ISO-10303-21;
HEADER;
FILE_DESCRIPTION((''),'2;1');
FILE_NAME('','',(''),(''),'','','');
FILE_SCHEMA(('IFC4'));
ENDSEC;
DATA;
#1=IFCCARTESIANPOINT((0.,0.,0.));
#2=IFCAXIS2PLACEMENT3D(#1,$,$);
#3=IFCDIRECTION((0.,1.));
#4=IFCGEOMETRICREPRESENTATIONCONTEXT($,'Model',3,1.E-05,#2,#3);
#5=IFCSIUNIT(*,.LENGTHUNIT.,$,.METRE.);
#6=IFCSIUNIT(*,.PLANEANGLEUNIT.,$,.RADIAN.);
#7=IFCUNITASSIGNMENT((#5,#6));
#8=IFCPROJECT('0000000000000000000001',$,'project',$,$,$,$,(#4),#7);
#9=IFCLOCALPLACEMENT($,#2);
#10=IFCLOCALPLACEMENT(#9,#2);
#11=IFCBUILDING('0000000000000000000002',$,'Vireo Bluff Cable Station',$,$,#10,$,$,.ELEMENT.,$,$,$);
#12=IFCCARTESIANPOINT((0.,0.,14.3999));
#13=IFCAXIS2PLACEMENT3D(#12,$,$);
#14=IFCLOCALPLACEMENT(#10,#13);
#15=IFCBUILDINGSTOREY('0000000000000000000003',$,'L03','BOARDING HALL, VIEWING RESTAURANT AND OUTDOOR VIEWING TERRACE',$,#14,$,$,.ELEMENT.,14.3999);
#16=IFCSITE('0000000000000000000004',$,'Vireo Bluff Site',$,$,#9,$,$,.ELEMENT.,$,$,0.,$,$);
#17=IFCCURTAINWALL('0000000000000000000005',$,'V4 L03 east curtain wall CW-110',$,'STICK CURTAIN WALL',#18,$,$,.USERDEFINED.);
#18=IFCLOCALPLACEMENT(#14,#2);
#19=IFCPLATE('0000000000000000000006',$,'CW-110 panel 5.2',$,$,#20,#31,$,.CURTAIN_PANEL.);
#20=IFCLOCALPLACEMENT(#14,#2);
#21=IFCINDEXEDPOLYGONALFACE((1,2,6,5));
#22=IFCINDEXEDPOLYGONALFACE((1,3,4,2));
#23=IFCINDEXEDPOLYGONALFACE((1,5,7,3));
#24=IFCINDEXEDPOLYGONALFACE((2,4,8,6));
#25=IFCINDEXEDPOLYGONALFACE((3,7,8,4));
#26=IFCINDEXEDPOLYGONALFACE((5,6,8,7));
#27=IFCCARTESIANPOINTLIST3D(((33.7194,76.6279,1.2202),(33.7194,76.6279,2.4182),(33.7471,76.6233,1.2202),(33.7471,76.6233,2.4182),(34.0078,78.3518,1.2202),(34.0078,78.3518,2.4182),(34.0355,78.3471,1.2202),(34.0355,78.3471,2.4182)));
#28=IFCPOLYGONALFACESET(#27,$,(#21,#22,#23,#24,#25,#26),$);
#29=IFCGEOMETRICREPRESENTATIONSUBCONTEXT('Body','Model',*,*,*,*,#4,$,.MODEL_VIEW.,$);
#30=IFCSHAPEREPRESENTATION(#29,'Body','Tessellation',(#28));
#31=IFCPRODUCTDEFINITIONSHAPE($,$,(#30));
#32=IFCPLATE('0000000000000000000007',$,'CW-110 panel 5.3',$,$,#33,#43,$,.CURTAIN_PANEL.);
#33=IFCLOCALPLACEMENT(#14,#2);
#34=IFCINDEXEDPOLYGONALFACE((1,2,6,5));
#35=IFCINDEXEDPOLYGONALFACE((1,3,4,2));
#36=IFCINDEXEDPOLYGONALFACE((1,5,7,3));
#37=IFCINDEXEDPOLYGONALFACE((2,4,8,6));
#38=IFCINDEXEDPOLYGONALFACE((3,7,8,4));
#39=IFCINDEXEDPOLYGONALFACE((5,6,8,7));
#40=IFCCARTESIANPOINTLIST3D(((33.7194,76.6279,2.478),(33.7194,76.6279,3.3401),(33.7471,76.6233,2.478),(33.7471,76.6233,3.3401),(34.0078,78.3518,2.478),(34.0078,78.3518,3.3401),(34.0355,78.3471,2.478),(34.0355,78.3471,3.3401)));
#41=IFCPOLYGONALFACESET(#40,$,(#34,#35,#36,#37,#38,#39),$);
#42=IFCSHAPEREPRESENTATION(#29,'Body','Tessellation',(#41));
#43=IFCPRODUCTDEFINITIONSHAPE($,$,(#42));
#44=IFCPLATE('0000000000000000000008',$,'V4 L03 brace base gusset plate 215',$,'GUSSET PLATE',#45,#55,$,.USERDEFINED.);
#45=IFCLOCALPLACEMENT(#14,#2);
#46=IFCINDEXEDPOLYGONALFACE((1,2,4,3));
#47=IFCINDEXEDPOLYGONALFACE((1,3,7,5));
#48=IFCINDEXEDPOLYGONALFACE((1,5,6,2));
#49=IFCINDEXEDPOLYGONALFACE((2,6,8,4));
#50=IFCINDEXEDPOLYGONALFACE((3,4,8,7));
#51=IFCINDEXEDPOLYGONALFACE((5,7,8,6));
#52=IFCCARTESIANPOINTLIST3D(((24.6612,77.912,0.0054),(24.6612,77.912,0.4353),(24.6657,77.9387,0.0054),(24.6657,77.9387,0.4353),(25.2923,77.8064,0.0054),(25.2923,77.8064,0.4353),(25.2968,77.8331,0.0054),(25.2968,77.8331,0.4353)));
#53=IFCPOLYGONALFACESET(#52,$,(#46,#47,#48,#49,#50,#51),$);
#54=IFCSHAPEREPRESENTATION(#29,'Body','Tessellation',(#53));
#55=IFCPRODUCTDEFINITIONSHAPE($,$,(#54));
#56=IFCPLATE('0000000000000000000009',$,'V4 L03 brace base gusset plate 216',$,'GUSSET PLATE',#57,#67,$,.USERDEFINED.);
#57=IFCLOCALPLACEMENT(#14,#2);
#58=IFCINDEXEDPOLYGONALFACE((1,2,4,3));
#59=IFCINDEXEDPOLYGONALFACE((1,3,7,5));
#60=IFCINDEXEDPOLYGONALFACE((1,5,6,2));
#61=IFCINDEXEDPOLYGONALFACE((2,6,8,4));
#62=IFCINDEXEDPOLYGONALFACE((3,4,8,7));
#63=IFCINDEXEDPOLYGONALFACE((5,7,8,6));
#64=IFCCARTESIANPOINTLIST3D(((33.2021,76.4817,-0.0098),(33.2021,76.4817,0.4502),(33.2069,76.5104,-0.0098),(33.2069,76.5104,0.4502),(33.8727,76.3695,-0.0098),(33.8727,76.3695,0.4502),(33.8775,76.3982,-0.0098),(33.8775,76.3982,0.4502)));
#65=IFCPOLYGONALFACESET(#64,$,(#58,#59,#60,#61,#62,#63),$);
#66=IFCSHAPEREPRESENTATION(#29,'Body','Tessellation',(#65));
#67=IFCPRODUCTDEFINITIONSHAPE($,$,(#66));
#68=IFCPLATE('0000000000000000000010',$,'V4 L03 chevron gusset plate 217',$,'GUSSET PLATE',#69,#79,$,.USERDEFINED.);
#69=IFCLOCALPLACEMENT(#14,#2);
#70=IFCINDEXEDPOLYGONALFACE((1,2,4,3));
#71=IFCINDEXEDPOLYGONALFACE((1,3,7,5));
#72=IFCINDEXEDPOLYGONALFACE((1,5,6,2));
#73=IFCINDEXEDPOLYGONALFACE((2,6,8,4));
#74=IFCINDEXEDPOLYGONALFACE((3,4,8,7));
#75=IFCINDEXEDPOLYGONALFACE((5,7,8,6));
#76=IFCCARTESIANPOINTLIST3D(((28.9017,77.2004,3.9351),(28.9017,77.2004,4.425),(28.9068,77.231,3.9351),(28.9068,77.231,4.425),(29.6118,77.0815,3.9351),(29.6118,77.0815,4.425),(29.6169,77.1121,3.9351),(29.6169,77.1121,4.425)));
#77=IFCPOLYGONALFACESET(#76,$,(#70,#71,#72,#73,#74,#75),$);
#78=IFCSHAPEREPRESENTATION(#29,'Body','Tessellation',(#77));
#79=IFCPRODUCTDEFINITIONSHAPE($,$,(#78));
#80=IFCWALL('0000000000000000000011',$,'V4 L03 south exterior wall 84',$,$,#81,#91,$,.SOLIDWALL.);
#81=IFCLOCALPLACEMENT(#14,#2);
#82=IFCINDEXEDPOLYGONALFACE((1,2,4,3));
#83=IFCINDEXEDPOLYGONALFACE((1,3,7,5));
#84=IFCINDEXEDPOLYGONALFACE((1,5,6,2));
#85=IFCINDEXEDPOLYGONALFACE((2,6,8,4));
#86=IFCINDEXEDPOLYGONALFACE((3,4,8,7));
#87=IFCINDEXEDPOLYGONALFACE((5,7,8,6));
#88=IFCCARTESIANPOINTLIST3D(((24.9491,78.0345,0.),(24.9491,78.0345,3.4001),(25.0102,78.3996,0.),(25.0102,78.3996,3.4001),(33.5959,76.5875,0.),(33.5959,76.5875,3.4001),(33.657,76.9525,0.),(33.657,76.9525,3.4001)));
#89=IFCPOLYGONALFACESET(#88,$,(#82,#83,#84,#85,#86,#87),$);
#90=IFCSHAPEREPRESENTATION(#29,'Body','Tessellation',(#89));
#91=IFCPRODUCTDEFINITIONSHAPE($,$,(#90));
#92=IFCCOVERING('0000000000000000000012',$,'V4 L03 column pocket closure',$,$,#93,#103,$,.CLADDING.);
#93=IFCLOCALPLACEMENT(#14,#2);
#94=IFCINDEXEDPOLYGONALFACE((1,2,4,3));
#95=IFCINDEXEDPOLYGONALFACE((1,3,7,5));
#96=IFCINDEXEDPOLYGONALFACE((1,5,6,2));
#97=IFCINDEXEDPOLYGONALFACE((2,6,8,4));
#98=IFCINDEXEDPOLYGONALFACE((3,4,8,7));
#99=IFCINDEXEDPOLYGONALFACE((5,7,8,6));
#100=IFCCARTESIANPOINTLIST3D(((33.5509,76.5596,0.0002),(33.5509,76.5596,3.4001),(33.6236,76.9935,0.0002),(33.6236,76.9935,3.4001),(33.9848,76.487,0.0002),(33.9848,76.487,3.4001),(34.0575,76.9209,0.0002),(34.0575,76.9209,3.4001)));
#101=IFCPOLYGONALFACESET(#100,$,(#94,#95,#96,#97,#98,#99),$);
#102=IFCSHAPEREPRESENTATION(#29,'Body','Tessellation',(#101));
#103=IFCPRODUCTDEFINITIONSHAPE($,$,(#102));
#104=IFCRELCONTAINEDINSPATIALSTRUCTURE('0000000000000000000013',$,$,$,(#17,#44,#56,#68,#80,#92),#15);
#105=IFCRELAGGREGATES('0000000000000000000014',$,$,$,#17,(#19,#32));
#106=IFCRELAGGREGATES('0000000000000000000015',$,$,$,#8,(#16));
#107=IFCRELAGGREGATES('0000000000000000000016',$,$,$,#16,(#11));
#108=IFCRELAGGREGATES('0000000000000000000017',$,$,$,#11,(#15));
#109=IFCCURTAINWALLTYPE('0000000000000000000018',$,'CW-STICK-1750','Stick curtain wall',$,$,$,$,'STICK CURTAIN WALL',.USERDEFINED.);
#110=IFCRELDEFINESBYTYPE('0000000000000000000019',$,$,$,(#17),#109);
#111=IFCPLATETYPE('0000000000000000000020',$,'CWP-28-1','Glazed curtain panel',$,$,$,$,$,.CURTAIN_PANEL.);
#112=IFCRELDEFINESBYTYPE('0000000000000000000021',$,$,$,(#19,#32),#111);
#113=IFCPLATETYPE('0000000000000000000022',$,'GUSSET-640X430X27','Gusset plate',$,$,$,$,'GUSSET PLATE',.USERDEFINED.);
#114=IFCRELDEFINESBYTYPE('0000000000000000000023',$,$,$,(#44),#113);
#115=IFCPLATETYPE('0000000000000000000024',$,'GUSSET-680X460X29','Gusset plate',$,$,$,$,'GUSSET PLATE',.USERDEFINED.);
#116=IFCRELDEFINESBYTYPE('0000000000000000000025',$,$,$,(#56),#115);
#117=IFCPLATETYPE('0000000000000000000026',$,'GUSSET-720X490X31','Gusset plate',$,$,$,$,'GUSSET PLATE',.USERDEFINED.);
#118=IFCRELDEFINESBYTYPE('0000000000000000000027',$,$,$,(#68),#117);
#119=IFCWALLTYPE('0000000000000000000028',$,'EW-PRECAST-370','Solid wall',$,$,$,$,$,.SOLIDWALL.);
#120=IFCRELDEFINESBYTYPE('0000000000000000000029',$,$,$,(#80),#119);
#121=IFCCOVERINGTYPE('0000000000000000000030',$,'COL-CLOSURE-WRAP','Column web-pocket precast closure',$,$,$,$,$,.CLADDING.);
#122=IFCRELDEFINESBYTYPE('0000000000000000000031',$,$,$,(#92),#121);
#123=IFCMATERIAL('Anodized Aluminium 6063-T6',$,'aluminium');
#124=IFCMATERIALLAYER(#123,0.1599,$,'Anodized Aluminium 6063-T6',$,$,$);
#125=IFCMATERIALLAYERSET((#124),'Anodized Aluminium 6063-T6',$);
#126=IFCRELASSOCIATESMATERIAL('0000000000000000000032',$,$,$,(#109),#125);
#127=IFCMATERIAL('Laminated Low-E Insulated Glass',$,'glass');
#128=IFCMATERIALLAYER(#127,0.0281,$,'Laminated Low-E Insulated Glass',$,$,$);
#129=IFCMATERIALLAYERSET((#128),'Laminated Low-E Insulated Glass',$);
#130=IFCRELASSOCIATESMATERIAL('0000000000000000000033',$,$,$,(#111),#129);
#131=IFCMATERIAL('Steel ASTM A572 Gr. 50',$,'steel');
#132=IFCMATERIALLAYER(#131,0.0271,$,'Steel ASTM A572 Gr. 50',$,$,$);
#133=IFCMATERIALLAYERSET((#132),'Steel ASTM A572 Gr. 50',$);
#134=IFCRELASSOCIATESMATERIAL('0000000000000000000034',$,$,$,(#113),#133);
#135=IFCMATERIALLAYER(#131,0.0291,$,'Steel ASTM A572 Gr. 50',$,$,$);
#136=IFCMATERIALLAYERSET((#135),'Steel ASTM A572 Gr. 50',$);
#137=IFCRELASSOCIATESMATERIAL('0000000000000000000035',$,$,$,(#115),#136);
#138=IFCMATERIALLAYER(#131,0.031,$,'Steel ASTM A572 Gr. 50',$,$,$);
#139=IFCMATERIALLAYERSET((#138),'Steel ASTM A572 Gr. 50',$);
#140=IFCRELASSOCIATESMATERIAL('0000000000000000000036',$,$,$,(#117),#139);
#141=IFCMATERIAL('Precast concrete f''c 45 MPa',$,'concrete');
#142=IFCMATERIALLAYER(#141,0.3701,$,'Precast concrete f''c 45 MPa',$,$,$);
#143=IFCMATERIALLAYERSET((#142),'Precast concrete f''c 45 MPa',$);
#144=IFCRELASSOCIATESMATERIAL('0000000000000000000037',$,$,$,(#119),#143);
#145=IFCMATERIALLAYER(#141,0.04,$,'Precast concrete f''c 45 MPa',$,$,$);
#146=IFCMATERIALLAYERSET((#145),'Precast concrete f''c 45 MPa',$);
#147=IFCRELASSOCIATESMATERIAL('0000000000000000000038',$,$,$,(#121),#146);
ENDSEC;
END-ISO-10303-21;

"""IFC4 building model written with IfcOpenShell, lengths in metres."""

from ifc_helpers import new_model, si_unit, direction, frame, frame_2d, origin, origin_2d, place, context, subcontext, project, spatial, rectangle, extrude, material, layer, layer_set, type_object, element, aggregate, save


model = new_model("IFC4")

# Units and contexts
model_context = context("Model", 3, precision=1e-05, world=origin(), true_north=direction((0.0, 1.0)))
body_context = subcontext(model_context, "Body", "Model", "MODEL_VIEW")
ifc_project = project(units=[si_unit("LENGTHUNIT", "METRE"), si_unit("PLANEANGLEUNIT", "RADIAN")], contexts=[model_context])

# Site, building, storey
site_placement = place(None, origin())
site = spatial("IfcSite", under=ifc_project, at=site_placement, Name="Vireo Bluff Site", CompositionType="ELEMENT", RefElevation=0.0)
building_placement = place(site_placement, origin())
building = spatial("IfcBuilding", under=site, at=building_placement, Name="Vireo Bluff Cable Station", CompositionType="ELEMENT")
storey_placement = place(building_placement, frame((0.0, 0.0, 14.3999)))
storey = spatial("IfcBuildingStorey", under=building, at=storey_placement, Name="L03", Description="BOARDING HALL, VIEWING RESTAURANT AND OUTDOOR VIEWING TERRACE", CompositionType="ELEMENT", Elevation=14.3999)

# Curtain wall
ifc_material_1 = material(Name="Anodized Aluminium 6063-T6", Category="aluminium")
ifc_layer_1 = layer(ifc_material_1, 0.1599, Name="Anodized Aluminium 6063-T6")
ifc_layer_set_1 = layer_set([ifc_layer_1], Name="Anodized Aluminium 6063-T6")
curtain_wall_type = type_object("IfcCurtainWallType", Name="CW-STICK-1750", Description="Stick curtain wall", ElementType="STICK CURTAIN WALL", PredefinedType="USERDEFINED", material=ifc_layer_set_1)
curtain_wall_placement = place(storey_placement, origin())
curtain_wall = element("IfcCurtainWall", 1, at=curtain_wall_placement, inside=storey, type_object=curtain_wall_type, Name="V4 L03 east curtain wall CW-110", ObjectType="STICK CURTAIN WALL", PredefinedType="USERDEFINED")

# Plates
ifc_material_2 = material(Name="Laminated Low-E Insulated Glass", Category="glass")
ifc_layer_2 = layer(ifc_material_2, 0.0281, Name="Laminated Low-E Insulated Glass")
ifc_layer_set_2 = layer_set([ifc_layer_2], Name="Laminated Low-E Insulated Glass")
plate_type_1 = type_object("IfcPlateType", Name="CWP-28-1", Description="Glazed curtain panel", PredefinedType="CURTAIN_PANEL", material=ifc_layer_set_2)
plate_1_placement = place(storey_placement, frame((33.8774, 77.4875, 1.2202), z_axis=(0.0, 0.0, 1.0), x_axis=(-0.165048, -0.986286, 0.0)))
plate_1 = element("IfcPlate", 2, at=plate_1_placement, type_object=plate_type_1, Name="CW-110 panel 5.2", PredefinedType="CURTAIN_PANEL", context=body_context, shape_type="SweptSolid", body=[
    extrude(rectangle(XDim=1.7478, YDim=0.0281, at=origin_2d()), origin(), (0.0, 0.0, 1.0), 1.198),
])
plate_2_placement = place(storey_placement, frame((33.8774, 77.4875, 2.478), z_axis=(0.0, 0.0, 1.0), x_axis=(-0.165048, -0.986286, 0.0)))
plate_2 = element("IfcPlate", 3, at=plate_2_placement, type_object=plate_type_1, Name="CW-110 panel 5.3", PredefinedType="CURTAIN_PANEL", context=body_context, shape_type="SweptSolid", body=[
    extrude(rectangle(XDim=1.7478, YDim=0.0281, at=origin_2d()), origin(), (0.0, 0.0, 1.0), 0.8621),
])
aggregate(curtain_wall, [plate_1, plate_2])

# Plates
ifc_material_3 = material(Name="Steel ASTM A572 Gr. 50", Category="steel")
ifc_layer_3 = layer(ifc_material_3, 0.0271, Name="Steel ASTM A572 Gr. 50")
ifc_layer_set_3 = layer_set([ifc_layer_3], Name="Steel ASTM A572 Gr. 50")
plate_type_2 = type_object("IfcPlateType", Name="GUSSET-640X430X27", Description="Gusset plate", ElementType="GUSSET PLATE", PredefinedType="USERDEFINED", material=ifc_layer_set_3)
plate_3_placement = place(storey_placement, frame((24.979, 77.8726, 0.0054), z_axis=(0.0, 0.0, 1.0), x_axis=(0.986286, -0.165048, 0.0)))
element("IfcPlate", 4, at=plate_3_placement, inside=storey, type_object=plate_type_2, Name="V4 L03 brace base gusset plate 215", ObjectType="GUSSET PLATE", PredefinedType="USERDEFINED", context=body_context, shape_type="SweptSolid", body=[
    extrude(rectangle(XDim=0.6399, YDim=0.0271, at=origin_2d()), origin(), (0.0, 0.0, 1.0), 0.4299),
])
ifc_layer_4 = layer(ifc_material_3, 0.0291, Name="Steel ASTM A572 Gr. 50")
ifc_layer_set_4 = layer_set([ifc_layer_4], Name="Steel ASTM A572 Gr. 50")
plate_type_3 = type_object("IfcPlateType", Name="GUSSET-680X460X29", Description="Gusset plate", ElementType="GUSSET PLATE", PredefinedType="USERDEFINED", material=ifc_layer_set_4)
plate_4_placement = place(storey_placement, frame((33.5398, 76.4399, -0.0098), z_axis=(0.0, 0.0, 1.0), x_axis=(0.986286, -0.165048, 0.0)))
element("IfcPlate", 5, at=plate_4_placement, inside=storey, type_object=plate_type_3, Name="V4 L03 brace base gusset plate 216", ObjectType="GUSSET PLATE", PredefinedType="USERDEFINED", context=body_context, shape_type="SweptSolid", body=[
    extrude(rectangle(XDim=0.6799, YDim=0.0291, at=origin_2d()), origin(), (0.0, 0.0, 1.0), 0.46),
])
ifc_layer_5 = layer(ifc_material_3, 0.031, Name="Steel ASTM A572 Gr. 50")
ifc_layer_set_5 = layer_set([ifc_layer_5], Name="Steel ASTM A572 Gr. 50")
plate_type_4 = type_object("IfcPlateType", Name="GUSSET-720X490X31", Description="Gusset plate", ElementType="GUSSET PLATE", PredefinedType="USERDEFINED", material=ifc_layer_set_5)
plate_5_placement = place(storey_placement, frame((29.2593, 77.1562, 3.9351), z_axis=(0.0, 0.0, 1.0), x_axis=(0.986286, -0.165048, 0.0)))
element("IfcPlate", 6, at=plate_5_placement, inside=storey, type_object=plate_type_4, Name="V4 L03 chevron gusset plate 217", ObjectType="GUSSET PLATE", PredefinedType="USERDEFINED", context=body_context, shape_type="SweptSolid", body=[
    extrude(rectangle(XDim=0.72, YDim=0.031, at=origin_2d()), origin(), (0.0, 0.0, 1.0), 0.49),
])

# Wall
ifc_material_4 = material(Name="Precast concrete f'c 45 MPa", Category="concrete")
ifc_layer_6 = layer(ifc_material_4, 0.3701, Name="Precast concrete f'c 45 MPa")
ifc_layer_set_6 = layer_set([ifc_layer_6], Name="Precast concrete f'c 45 MPa")
wall_type = type_object("IfcWallType", Name="EW-PRECAST-370", Description="Solid wall", PredefinedType="SOLIDWALL", material=ifc_layer_set_6)
wall_placement = place(storey_placement, frame((33.6265, 76.77, 0.0), z_axis=(0.0, 0.0, 1.0), x_axis=(-0.986285, 0.165054, 0.0)))
element("IfcWall", 7, at=wall_placement, inside=storey, type_object=wall_type, Name="V4 L03 south exterior wall 84", PredefinedType="SOLIDWALL", context=body_context, shape_type="SweptSolid", body=[
    extrude(rectangle(XDim=8.7671, YDim=0.3701, at=frame_2d((4.3835, 0.0))), origin(), (0.0, 0.0, 1.0), 3.4001),
])

# Covering
ifc_layer_7 = layer(ifc_material_4, 0.04, Name="Precast concrete f'c 45 MPa")
ifc_layer_set_7 = layer_set([ifc_layer_7], Name="Precast concrete f'c 45 MPa")
covering_type = type_object("IfcCoveringType", Name="COL-CLOSURE-WRAP", Description="Column web-pocket precast closure", PredefinedType="CLADDING", material=ifc_layer_set_7)
covering_placement = place(storey_placement, frame((33.8042, 76.7402, 0.0002), z_axis=(0.0, 0.0, 1.0), x_axis=(0.986286, -0.165048, 0.0)))
element("IfcCovering", 8, at=covering_placement, inside=storey, type_object=covering_type, Name="V4 L03 column pocket closure", PredefinedType="CLADDING", context=body_context, shape_type="SweptSolid", body=[
    extrude(rectangle(XDim=0.4399, YDim=0.4399, at=origin_2d()), origin(), (0.0, 0.0, 1.0), 3.3999),
])

save(model, "model.ifc")
